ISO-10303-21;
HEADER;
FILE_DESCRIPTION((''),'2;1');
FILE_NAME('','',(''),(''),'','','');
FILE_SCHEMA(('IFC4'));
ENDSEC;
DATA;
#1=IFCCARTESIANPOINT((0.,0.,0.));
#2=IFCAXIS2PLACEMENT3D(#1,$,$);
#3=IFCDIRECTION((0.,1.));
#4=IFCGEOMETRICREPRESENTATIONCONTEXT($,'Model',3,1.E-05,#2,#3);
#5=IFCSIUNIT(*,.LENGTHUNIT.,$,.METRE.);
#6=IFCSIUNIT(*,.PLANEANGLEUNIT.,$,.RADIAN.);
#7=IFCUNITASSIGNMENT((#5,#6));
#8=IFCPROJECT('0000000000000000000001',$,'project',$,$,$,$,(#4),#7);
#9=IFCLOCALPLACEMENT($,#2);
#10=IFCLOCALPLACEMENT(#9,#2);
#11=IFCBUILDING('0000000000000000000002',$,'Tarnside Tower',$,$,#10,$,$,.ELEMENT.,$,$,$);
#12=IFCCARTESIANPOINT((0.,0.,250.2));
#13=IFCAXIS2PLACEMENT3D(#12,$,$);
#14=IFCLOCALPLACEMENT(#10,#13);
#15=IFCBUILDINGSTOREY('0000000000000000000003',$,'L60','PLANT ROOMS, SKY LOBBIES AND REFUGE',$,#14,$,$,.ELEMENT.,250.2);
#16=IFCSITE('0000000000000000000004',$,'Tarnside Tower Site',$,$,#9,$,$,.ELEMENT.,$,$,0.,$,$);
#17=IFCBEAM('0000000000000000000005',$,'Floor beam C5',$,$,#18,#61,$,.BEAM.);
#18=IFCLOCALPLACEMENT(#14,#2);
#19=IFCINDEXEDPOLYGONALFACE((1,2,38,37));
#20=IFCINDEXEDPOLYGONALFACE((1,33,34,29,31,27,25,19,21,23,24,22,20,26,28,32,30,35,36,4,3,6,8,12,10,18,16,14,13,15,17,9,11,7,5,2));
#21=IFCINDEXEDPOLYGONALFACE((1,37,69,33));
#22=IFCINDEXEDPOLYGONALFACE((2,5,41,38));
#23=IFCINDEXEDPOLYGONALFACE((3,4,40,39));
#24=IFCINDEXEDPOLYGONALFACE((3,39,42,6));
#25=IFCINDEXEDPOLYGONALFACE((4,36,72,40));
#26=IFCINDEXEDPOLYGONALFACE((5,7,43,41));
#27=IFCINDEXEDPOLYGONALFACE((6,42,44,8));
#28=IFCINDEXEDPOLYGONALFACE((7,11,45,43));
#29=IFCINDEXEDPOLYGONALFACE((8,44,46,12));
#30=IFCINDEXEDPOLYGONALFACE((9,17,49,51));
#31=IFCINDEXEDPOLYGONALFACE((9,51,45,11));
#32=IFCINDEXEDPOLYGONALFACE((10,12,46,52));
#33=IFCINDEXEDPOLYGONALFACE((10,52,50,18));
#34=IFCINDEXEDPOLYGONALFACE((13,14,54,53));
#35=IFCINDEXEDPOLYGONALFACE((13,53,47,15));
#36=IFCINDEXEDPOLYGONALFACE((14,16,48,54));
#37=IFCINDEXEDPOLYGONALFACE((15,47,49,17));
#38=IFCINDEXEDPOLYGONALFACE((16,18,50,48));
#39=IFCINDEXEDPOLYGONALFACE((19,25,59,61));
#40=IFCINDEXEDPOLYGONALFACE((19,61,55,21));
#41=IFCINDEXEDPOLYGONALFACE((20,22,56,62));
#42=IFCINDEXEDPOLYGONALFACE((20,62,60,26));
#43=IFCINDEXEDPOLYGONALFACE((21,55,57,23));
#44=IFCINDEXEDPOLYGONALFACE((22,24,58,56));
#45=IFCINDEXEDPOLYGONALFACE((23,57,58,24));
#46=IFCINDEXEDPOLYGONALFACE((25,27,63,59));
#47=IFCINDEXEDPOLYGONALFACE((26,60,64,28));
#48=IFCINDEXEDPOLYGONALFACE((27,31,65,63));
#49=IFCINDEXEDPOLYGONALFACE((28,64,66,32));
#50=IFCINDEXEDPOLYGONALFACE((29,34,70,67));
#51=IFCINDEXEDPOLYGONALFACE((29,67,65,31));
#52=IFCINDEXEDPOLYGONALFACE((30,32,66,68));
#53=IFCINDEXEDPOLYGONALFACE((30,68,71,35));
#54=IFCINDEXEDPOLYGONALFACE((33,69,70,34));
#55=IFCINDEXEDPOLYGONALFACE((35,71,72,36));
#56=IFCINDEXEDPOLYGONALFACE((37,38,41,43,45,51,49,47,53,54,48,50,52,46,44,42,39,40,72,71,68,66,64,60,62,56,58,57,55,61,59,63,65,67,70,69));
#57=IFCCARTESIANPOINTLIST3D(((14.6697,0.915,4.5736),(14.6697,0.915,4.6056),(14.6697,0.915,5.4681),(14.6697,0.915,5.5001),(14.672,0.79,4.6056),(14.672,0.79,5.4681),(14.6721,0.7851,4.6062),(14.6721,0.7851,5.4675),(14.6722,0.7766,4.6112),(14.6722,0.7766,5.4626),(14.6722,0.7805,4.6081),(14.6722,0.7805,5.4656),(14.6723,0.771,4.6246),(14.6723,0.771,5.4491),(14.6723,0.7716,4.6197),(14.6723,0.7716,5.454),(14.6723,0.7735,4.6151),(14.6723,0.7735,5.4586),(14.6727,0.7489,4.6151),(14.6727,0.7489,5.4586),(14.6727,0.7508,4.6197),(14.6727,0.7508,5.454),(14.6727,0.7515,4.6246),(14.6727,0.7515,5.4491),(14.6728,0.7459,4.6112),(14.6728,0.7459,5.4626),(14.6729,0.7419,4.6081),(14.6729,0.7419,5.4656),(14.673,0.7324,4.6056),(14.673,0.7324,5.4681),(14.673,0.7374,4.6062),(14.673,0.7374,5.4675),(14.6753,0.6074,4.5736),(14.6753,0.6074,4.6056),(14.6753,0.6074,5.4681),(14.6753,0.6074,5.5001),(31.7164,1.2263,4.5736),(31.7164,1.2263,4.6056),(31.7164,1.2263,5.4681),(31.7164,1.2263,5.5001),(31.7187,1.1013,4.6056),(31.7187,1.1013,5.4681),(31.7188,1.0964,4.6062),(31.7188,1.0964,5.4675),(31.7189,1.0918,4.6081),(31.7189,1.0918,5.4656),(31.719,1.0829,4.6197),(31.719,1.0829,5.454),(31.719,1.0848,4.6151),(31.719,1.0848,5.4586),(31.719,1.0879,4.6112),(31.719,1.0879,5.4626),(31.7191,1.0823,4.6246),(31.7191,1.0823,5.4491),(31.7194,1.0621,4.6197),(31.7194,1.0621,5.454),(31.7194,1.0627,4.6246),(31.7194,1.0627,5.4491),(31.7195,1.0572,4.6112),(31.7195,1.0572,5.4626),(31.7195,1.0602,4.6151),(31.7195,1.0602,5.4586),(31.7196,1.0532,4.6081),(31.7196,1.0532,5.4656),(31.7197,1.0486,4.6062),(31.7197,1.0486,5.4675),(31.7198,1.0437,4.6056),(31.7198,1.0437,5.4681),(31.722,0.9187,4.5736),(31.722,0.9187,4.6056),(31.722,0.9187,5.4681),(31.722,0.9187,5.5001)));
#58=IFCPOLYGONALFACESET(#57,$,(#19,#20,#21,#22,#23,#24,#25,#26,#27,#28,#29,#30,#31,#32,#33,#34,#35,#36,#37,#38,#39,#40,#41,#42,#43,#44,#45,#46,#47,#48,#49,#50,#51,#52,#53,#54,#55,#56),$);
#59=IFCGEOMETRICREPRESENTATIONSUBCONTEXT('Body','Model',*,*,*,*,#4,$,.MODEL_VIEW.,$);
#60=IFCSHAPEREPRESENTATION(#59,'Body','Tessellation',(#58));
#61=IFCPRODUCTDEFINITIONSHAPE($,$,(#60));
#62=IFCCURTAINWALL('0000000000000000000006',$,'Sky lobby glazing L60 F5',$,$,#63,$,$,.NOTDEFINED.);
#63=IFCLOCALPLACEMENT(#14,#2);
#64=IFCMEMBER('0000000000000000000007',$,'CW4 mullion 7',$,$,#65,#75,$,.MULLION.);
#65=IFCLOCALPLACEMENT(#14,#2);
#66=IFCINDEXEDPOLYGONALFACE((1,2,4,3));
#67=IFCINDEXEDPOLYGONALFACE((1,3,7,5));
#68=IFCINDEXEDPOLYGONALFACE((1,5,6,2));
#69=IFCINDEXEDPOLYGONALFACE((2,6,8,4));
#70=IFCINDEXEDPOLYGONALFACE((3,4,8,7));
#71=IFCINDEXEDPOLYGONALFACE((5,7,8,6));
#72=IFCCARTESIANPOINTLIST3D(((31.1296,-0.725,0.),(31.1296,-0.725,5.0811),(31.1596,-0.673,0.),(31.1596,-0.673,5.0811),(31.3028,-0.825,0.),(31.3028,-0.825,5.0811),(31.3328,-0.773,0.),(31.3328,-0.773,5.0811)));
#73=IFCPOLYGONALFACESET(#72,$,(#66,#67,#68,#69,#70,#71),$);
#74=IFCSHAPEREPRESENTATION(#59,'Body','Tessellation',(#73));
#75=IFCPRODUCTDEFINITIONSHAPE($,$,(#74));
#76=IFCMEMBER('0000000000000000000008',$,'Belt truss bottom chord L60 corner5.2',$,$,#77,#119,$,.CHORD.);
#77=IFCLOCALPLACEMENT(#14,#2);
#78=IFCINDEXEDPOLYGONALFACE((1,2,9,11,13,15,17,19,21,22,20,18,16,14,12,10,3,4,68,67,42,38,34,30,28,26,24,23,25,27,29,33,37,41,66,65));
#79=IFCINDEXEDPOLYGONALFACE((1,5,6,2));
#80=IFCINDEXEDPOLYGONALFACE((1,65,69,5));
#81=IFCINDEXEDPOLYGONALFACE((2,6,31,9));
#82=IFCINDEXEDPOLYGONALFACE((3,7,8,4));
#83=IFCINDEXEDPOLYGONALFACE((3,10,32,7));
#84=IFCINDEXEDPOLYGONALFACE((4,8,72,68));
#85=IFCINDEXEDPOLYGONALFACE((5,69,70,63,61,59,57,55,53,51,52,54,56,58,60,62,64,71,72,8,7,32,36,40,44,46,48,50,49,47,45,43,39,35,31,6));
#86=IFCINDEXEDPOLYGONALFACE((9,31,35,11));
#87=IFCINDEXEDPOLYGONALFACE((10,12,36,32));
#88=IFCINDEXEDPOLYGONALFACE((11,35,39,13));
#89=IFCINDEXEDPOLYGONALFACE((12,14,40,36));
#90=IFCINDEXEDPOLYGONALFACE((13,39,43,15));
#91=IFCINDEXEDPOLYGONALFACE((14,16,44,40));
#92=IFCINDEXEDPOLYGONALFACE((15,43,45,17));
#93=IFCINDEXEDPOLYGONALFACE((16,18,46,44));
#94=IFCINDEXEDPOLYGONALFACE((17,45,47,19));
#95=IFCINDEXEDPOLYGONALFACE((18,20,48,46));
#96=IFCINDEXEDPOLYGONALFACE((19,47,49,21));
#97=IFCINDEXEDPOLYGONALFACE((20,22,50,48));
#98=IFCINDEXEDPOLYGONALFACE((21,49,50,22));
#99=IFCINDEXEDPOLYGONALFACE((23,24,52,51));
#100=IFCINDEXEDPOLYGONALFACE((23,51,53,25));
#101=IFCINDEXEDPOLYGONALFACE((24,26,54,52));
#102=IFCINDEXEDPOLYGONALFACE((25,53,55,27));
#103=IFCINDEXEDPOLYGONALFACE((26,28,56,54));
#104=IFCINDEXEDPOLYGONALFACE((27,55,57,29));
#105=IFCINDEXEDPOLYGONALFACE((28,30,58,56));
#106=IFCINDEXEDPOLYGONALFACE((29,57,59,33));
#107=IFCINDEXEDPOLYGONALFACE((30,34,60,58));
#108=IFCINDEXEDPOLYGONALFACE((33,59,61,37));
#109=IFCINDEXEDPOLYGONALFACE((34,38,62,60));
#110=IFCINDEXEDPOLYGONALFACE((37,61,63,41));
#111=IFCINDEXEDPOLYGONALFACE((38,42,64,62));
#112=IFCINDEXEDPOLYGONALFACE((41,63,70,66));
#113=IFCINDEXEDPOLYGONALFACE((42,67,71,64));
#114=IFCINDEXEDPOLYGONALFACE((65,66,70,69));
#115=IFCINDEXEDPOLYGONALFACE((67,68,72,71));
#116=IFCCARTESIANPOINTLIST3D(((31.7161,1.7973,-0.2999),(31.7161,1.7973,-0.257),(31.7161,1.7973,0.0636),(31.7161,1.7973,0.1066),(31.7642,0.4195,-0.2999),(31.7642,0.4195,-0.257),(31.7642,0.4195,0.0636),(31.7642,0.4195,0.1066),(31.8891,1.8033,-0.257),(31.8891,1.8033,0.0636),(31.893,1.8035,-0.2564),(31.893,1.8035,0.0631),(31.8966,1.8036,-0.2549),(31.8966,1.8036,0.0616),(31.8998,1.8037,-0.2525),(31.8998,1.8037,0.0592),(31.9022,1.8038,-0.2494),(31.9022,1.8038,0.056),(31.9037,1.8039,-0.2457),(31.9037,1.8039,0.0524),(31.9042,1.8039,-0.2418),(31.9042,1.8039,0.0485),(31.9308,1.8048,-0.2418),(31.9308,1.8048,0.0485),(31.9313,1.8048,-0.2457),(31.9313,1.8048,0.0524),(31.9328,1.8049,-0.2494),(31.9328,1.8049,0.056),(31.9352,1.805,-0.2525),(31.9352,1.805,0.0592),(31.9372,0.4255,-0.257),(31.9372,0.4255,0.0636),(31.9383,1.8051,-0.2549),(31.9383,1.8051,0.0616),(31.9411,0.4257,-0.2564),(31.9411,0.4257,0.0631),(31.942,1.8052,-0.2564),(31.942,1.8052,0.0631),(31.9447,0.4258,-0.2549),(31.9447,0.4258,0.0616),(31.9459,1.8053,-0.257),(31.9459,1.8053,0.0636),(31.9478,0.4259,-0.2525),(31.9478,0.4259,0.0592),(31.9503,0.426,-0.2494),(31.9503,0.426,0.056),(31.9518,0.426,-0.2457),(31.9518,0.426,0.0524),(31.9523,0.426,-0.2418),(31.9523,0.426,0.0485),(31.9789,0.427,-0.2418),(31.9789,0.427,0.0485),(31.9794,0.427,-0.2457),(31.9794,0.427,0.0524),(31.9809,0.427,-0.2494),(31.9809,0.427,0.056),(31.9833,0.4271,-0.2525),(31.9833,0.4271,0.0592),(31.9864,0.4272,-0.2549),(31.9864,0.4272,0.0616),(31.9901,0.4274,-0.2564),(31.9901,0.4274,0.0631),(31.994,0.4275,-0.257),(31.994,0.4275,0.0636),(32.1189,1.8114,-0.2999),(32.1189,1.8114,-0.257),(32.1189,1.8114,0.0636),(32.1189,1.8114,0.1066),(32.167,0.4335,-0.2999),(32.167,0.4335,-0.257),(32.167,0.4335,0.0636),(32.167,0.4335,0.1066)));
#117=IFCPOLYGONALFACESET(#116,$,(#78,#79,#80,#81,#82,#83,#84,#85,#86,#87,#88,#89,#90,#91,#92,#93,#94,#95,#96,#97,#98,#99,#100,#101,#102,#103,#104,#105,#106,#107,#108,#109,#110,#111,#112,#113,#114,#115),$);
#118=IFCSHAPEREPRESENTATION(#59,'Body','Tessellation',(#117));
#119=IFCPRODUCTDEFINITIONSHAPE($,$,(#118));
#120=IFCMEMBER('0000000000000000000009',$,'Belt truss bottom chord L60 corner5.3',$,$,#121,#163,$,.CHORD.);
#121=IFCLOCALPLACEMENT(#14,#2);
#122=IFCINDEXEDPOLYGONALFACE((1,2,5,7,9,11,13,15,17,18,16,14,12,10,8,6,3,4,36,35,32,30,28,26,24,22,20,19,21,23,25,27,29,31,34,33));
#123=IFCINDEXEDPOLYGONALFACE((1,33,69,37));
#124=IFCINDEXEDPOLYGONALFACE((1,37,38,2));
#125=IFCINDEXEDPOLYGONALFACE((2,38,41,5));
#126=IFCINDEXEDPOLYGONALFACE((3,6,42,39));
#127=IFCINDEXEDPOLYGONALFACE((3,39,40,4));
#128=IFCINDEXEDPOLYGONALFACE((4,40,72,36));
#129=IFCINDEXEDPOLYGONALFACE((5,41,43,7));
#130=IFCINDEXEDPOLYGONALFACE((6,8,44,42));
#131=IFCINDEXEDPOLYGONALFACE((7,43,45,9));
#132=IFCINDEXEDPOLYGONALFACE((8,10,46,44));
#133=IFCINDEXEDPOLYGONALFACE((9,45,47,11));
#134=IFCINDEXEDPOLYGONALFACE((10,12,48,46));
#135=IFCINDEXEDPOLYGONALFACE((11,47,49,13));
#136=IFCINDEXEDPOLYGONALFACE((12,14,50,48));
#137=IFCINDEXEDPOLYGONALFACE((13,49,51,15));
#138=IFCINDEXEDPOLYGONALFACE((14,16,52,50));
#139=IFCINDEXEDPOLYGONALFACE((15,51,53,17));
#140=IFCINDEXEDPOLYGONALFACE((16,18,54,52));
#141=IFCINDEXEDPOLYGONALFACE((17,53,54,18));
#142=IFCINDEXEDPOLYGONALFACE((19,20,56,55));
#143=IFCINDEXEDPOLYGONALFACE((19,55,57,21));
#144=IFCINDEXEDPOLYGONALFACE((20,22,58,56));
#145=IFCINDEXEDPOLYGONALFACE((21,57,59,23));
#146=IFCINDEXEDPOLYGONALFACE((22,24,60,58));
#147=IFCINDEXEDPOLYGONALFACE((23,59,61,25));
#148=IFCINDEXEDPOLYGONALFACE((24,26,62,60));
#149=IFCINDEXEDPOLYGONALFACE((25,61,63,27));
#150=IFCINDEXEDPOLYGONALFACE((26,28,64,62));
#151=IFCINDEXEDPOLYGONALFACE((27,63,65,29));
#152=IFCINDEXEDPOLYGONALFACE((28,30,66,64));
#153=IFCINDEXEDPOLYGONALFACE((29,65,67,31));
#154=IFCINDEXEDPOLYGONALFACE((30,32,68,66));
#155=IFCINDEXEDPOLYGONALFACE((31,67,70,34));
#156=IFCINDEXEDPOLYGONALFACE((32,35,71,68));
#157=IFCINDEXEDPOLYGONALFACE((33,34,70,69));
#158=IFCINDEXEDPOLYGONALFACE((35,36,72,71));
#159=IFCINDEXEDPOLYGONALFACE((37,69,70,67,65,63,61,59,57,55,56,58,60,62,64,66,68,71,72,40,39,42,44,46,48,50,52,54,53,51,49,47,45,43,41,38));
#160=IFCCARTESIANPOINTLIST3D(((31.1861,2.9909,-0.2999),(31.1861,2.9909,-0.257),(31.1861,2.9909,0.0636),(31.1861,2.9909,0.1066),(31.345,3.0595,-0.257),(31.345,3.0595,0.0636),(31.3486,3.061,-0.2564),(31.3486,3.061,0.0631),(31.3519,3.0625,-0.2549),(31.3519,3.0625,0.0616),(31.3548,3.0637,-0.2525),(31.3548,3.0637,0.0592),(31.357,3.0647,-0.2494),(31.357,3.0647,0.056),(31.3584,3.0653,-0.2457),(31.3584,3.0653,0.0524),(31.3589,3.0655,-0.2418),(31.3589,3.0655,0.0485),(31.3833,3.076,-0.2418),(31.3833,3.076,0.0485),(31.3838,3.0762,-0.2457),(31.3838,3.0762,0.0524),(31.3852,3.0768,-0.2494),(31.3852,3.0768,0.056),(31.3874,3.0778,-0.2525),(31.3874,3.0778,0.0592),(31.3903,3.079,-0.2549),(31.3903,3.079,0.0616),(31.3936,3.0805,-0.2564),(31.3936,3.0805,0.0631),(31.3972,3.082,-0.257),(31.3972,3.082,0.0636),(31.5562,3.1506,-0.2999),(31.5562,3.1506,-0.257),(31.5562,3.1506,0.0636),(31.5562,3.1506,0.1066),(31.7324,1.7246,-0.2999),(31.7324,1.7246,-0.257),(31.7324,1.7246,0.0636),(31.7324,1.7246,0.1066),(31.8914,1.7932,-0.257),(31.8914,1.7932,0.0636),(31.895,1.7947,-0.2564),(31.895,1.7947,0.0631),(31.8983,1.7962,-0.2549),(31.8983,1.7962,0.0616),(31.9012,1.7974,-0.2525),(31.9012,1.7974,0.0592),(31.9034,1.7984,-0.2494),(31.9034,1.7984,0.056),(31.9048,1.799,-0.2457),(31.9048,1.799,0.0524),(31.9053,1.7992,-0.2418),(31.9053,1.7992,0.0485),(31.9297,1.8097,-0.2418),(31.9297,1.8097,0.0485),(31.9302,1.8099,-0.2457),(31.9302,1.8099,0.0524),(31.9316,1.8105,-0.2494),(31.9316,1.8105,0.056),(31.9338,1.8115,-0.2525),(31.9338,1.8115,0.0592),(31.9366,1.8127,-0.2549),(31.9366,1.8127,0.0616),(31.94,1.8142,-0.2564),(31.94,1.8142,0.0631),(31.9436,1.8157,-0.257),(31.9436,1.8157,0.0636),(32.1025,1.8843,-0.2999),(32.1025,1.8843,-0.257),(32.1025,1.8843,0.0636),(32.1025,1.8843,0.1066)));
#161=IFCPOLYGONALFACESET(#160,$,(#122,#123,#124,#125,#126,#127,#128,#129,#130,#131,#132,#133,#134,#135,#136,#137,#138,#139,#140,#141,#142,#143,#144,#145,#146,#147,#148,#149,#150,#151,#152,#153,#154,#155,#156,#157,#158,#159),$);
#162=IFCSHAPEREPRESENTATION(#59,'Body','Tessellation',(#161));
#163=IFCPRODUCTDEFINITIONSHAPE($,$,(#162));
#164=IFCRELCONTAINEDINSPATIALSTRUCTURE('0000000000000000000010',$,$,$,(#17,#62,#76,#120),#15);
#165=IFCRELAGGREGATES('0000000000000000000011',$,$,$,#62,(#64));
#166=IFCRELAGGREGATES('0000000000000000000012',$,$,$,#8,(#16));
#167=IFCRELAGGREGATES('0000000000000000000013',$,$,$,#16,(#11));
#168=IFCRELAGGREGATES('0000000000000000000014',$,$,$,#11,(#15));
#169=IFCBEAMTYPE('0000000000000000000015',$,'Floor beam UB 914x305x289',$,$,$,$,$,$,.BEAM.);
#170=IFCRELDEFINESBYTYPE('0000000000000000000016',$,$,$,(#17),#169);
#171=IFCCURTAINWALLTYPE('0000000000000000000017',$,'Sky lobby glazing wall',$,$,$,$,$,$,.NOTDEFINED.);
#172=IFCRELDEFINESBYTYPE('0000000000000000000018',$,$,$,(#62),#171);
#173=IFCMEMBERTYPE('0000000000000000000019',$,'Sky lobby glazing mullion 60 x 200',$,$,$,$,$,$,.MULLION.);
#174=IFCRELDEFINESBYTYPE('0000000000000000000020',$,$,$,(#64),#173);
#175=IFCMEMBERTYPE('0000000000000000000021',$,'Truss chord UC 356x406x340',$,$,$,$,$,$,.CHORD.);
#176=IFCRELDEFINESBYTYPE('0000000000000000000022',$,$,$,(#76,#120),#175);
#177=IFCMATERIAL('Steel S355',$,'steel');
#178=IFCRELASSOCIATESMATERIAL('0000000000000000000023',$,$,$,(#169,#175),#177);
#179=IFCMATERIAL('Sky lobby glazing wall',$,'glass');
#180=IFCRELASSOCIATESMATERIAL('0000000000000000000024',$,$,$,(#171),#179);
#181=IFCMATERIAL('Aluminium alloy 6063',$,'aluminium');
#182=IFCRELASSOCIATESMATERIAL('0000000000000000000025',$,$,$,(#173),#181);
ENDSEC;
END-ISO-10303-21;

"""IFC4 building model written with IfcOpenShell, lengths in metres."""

from ifc_helpers import new_model, si_unit, direction, frame, origin, origin_2d, place, context, subcontext, project, spatial, rectangle, i_section, extrude, material, material_profile, profile_set, type_object, element, aggregate, save


model = new_model("IFC4")

# Units and contexts
model_context = context("Model", 3, precision=1e-05, world=origin(), true_north=direction((0.0, 1.0)))
body_context = subcontext(model_context, "Body", "Model", "MODEL_VIEW")
ifc_project = project(units=[si_unit("LENGTHUNIT", "METRE"), si_unit("PLANEANGLEUNIT", "RADIAN")], contexts=[model_context])

# Site, building, storey
site_placement = place(None, origin())
site = spatial("IfcSite", under=ifc_project, at=site_placement, Name="Tarnside Tower Site", CompositionType="ELEMENT", RefElevation=0.0)
building_placement = place(site_placement, origin())
building = spatial("IfcBuilding", under=site, at=building_placement, Name="Tarnside Tower", CompositionType="ELEMENT")
storey_placement = place(building_placement, frame((0.0, 0.0, 250.2)))
storey = spatial("IfcBuildingStorey", under=building, at=storey_placement, Name="L60", Description="PLANT ROOMS, SKY LOBBIES AND REFUGE", CompositionType="ELEMENT", Elevation=250.2)

# Beam
ifc_material_1 = material(Name="Steel S355", Category="steel")
ifc_material_profile_1 = material_profile(ifc_material_1, i_section(OverallWidth=0.3076, OverallDepth=0.9265, WebThickness=0.0195, FlangeThickness=0.032, FilletRadius=0.019, at=origin_2d()), Name="UB 914x305x289")
ifc_profile_set_1 = profile_set([ifc_material_profile_1], Name="Steel S355")
beam_type = type_object("IfcBeamType", Name="Floor beam UB 914x305x289", PredefinedType="BEAM", material=ifc_profile_set_1)
beam_placement = place(storey_placement, frame((31.7192, 1.0725, 5.0369), z_axis=(-0.999833, -0.018257, 0.0), x_axis=(0.018257, -0.999833, 0.0)))
element("IfcBeam", 1, at=beam_placement, inside=storey, type_object=beam_type, Name="Floor beam C5", PredefinedType="BEAM", context=body_context, shape_type="SweptSolid", body=[
    extrude(i_section(OverallWidth=0.3076, OverallDepth=0.9265, WebThickness=0.0195, FlangeThickness=0.032, FilletRadius=0.019, at=origin_2d()), origin(), (0.0, 0.0, 1.0), 17.0496),
])

# Curtain wall, member
ifc_material_2 = material(Name="Sky lobby glazing wall", Category="glass")
curtain_wall_type = type_object("IfcCurtainWallType", Name="Sky lobby glazing wall", PredefinedType="NOTDEFINED", material=ifc_material_2)
curtain_wall_placement = place(storey_placement, origin())
curtain_wall = element("IfcCurtainWall", 2, at=curtain_wall_placement, inside=storey, type_object=curtain_wall_type, Name="Sky lobby glazing L60 F5", PredefinedType="NOTDEFINED")
ifc_material_3 = material(Name="Aluminium alloy 6063", Category="aluminium")
ifc_material_profile_2 = material_profile(ifc_material_3, rectangle(XDim=0.2, YDim=0.0601, at=origin_2d()), Name="Sky lobby glazing mullion 60 x 200")
ifc_profile_set_2 = profile_set([ifc_material_profile_2], Name="Aluminium alloy 6063")
member_type_1 = type_object("IfcMemberType", Name="Sky lobby glazing mullion 60 x 200", PredefinedType="MULLION", material=ifc_profile_set_2)
member_1_placement = place(storey_placement, frame((31.2312, -0.749, 0.0), z_axis=(0.0, 0.0, 1.0), x_axis=(-0.866025, 0.5, 0.0)))
member_1 = element("IfcMember", 3, at=member_1_placement, type_object=member_type_1, Name="CW4 mullion 7", PredefinedType="MULLION", context=body_context, shape_type="SweptSolid", body=[
    extrude(rectangle(XDim=0.2, YDim=0.0601, at=origin_2d()), origin(), (0.0, 0.0, 1.0), 5.0811),
])
aggregate(curtain_wall, [member_1])

# Members
ifc_material_profile_3 = material_profile(ifc_material_1, i_section(OverallWidth=0.4031, OverallDepth=0.4065, WebThickness=0.0266, FlangeThickness=0.043, FilletRadius=0.0151, at=origin_2d()), Name="UC 356x406x340")
ifc_profile_set_3 = profile_set([ifc_material_profile_3], Name="Steel S355")
member_type_2 = type_object("IfcMemberType", Name="Truss chord UC 356x406x340", PredefinedType="CHORD", material=ifc_profile_set_3)
member_2_placement = place(storey_placement, frame((31.9656, 0.4265, -0.0967), z_axis=(-0.034883, 0.999391, 0.0), x_axis=(-0.999391, -0.034883, 0.0)))
element("IfcMember", 4, at=member_2_placement, inside=storey, type_object=member_type_2, Name="Belt truss bottom chord L60 corner5.2", PredefinedType="CHORD", context=body_context, shape_type="SweptSolid", body=[
    extrude(i_section(OverallWidth=0.4031, OverallDepth=0.4065, WebThickness=0.0266, FlangeThickness=0.043, FilletRadius=0.0151, at=origin_2d()), origin(), (0.0, 0.0, 1.0), 1.3787),
])
member_3_placement = place(storey_placement, frame((31.9175, 1.8044, -0.0967), z_axis=(-0.396161, 0.918181, 0.0), x_axis=(-0.918181, -0.396161, 0.0)))
element("IfcMember", 5, at=member_3_placement, inside=storey, type_object=member_type_2, Name="Belt truss bottom chord L60 corner5.3", PredefinedType="CHORD", context=body_context, shape_type="SweptSolid", body=[
    extrude(i_section(OverallWidth=0.4031, OverallDepth=0.4065, WebThickness=0.0266, FlangeThickness=0.043, FilletRadius=0.0151, at=origin_2d()), origin(), (0.0, 0.0, 1.0), 1.3792),
])

save(model, "model.ifc")
